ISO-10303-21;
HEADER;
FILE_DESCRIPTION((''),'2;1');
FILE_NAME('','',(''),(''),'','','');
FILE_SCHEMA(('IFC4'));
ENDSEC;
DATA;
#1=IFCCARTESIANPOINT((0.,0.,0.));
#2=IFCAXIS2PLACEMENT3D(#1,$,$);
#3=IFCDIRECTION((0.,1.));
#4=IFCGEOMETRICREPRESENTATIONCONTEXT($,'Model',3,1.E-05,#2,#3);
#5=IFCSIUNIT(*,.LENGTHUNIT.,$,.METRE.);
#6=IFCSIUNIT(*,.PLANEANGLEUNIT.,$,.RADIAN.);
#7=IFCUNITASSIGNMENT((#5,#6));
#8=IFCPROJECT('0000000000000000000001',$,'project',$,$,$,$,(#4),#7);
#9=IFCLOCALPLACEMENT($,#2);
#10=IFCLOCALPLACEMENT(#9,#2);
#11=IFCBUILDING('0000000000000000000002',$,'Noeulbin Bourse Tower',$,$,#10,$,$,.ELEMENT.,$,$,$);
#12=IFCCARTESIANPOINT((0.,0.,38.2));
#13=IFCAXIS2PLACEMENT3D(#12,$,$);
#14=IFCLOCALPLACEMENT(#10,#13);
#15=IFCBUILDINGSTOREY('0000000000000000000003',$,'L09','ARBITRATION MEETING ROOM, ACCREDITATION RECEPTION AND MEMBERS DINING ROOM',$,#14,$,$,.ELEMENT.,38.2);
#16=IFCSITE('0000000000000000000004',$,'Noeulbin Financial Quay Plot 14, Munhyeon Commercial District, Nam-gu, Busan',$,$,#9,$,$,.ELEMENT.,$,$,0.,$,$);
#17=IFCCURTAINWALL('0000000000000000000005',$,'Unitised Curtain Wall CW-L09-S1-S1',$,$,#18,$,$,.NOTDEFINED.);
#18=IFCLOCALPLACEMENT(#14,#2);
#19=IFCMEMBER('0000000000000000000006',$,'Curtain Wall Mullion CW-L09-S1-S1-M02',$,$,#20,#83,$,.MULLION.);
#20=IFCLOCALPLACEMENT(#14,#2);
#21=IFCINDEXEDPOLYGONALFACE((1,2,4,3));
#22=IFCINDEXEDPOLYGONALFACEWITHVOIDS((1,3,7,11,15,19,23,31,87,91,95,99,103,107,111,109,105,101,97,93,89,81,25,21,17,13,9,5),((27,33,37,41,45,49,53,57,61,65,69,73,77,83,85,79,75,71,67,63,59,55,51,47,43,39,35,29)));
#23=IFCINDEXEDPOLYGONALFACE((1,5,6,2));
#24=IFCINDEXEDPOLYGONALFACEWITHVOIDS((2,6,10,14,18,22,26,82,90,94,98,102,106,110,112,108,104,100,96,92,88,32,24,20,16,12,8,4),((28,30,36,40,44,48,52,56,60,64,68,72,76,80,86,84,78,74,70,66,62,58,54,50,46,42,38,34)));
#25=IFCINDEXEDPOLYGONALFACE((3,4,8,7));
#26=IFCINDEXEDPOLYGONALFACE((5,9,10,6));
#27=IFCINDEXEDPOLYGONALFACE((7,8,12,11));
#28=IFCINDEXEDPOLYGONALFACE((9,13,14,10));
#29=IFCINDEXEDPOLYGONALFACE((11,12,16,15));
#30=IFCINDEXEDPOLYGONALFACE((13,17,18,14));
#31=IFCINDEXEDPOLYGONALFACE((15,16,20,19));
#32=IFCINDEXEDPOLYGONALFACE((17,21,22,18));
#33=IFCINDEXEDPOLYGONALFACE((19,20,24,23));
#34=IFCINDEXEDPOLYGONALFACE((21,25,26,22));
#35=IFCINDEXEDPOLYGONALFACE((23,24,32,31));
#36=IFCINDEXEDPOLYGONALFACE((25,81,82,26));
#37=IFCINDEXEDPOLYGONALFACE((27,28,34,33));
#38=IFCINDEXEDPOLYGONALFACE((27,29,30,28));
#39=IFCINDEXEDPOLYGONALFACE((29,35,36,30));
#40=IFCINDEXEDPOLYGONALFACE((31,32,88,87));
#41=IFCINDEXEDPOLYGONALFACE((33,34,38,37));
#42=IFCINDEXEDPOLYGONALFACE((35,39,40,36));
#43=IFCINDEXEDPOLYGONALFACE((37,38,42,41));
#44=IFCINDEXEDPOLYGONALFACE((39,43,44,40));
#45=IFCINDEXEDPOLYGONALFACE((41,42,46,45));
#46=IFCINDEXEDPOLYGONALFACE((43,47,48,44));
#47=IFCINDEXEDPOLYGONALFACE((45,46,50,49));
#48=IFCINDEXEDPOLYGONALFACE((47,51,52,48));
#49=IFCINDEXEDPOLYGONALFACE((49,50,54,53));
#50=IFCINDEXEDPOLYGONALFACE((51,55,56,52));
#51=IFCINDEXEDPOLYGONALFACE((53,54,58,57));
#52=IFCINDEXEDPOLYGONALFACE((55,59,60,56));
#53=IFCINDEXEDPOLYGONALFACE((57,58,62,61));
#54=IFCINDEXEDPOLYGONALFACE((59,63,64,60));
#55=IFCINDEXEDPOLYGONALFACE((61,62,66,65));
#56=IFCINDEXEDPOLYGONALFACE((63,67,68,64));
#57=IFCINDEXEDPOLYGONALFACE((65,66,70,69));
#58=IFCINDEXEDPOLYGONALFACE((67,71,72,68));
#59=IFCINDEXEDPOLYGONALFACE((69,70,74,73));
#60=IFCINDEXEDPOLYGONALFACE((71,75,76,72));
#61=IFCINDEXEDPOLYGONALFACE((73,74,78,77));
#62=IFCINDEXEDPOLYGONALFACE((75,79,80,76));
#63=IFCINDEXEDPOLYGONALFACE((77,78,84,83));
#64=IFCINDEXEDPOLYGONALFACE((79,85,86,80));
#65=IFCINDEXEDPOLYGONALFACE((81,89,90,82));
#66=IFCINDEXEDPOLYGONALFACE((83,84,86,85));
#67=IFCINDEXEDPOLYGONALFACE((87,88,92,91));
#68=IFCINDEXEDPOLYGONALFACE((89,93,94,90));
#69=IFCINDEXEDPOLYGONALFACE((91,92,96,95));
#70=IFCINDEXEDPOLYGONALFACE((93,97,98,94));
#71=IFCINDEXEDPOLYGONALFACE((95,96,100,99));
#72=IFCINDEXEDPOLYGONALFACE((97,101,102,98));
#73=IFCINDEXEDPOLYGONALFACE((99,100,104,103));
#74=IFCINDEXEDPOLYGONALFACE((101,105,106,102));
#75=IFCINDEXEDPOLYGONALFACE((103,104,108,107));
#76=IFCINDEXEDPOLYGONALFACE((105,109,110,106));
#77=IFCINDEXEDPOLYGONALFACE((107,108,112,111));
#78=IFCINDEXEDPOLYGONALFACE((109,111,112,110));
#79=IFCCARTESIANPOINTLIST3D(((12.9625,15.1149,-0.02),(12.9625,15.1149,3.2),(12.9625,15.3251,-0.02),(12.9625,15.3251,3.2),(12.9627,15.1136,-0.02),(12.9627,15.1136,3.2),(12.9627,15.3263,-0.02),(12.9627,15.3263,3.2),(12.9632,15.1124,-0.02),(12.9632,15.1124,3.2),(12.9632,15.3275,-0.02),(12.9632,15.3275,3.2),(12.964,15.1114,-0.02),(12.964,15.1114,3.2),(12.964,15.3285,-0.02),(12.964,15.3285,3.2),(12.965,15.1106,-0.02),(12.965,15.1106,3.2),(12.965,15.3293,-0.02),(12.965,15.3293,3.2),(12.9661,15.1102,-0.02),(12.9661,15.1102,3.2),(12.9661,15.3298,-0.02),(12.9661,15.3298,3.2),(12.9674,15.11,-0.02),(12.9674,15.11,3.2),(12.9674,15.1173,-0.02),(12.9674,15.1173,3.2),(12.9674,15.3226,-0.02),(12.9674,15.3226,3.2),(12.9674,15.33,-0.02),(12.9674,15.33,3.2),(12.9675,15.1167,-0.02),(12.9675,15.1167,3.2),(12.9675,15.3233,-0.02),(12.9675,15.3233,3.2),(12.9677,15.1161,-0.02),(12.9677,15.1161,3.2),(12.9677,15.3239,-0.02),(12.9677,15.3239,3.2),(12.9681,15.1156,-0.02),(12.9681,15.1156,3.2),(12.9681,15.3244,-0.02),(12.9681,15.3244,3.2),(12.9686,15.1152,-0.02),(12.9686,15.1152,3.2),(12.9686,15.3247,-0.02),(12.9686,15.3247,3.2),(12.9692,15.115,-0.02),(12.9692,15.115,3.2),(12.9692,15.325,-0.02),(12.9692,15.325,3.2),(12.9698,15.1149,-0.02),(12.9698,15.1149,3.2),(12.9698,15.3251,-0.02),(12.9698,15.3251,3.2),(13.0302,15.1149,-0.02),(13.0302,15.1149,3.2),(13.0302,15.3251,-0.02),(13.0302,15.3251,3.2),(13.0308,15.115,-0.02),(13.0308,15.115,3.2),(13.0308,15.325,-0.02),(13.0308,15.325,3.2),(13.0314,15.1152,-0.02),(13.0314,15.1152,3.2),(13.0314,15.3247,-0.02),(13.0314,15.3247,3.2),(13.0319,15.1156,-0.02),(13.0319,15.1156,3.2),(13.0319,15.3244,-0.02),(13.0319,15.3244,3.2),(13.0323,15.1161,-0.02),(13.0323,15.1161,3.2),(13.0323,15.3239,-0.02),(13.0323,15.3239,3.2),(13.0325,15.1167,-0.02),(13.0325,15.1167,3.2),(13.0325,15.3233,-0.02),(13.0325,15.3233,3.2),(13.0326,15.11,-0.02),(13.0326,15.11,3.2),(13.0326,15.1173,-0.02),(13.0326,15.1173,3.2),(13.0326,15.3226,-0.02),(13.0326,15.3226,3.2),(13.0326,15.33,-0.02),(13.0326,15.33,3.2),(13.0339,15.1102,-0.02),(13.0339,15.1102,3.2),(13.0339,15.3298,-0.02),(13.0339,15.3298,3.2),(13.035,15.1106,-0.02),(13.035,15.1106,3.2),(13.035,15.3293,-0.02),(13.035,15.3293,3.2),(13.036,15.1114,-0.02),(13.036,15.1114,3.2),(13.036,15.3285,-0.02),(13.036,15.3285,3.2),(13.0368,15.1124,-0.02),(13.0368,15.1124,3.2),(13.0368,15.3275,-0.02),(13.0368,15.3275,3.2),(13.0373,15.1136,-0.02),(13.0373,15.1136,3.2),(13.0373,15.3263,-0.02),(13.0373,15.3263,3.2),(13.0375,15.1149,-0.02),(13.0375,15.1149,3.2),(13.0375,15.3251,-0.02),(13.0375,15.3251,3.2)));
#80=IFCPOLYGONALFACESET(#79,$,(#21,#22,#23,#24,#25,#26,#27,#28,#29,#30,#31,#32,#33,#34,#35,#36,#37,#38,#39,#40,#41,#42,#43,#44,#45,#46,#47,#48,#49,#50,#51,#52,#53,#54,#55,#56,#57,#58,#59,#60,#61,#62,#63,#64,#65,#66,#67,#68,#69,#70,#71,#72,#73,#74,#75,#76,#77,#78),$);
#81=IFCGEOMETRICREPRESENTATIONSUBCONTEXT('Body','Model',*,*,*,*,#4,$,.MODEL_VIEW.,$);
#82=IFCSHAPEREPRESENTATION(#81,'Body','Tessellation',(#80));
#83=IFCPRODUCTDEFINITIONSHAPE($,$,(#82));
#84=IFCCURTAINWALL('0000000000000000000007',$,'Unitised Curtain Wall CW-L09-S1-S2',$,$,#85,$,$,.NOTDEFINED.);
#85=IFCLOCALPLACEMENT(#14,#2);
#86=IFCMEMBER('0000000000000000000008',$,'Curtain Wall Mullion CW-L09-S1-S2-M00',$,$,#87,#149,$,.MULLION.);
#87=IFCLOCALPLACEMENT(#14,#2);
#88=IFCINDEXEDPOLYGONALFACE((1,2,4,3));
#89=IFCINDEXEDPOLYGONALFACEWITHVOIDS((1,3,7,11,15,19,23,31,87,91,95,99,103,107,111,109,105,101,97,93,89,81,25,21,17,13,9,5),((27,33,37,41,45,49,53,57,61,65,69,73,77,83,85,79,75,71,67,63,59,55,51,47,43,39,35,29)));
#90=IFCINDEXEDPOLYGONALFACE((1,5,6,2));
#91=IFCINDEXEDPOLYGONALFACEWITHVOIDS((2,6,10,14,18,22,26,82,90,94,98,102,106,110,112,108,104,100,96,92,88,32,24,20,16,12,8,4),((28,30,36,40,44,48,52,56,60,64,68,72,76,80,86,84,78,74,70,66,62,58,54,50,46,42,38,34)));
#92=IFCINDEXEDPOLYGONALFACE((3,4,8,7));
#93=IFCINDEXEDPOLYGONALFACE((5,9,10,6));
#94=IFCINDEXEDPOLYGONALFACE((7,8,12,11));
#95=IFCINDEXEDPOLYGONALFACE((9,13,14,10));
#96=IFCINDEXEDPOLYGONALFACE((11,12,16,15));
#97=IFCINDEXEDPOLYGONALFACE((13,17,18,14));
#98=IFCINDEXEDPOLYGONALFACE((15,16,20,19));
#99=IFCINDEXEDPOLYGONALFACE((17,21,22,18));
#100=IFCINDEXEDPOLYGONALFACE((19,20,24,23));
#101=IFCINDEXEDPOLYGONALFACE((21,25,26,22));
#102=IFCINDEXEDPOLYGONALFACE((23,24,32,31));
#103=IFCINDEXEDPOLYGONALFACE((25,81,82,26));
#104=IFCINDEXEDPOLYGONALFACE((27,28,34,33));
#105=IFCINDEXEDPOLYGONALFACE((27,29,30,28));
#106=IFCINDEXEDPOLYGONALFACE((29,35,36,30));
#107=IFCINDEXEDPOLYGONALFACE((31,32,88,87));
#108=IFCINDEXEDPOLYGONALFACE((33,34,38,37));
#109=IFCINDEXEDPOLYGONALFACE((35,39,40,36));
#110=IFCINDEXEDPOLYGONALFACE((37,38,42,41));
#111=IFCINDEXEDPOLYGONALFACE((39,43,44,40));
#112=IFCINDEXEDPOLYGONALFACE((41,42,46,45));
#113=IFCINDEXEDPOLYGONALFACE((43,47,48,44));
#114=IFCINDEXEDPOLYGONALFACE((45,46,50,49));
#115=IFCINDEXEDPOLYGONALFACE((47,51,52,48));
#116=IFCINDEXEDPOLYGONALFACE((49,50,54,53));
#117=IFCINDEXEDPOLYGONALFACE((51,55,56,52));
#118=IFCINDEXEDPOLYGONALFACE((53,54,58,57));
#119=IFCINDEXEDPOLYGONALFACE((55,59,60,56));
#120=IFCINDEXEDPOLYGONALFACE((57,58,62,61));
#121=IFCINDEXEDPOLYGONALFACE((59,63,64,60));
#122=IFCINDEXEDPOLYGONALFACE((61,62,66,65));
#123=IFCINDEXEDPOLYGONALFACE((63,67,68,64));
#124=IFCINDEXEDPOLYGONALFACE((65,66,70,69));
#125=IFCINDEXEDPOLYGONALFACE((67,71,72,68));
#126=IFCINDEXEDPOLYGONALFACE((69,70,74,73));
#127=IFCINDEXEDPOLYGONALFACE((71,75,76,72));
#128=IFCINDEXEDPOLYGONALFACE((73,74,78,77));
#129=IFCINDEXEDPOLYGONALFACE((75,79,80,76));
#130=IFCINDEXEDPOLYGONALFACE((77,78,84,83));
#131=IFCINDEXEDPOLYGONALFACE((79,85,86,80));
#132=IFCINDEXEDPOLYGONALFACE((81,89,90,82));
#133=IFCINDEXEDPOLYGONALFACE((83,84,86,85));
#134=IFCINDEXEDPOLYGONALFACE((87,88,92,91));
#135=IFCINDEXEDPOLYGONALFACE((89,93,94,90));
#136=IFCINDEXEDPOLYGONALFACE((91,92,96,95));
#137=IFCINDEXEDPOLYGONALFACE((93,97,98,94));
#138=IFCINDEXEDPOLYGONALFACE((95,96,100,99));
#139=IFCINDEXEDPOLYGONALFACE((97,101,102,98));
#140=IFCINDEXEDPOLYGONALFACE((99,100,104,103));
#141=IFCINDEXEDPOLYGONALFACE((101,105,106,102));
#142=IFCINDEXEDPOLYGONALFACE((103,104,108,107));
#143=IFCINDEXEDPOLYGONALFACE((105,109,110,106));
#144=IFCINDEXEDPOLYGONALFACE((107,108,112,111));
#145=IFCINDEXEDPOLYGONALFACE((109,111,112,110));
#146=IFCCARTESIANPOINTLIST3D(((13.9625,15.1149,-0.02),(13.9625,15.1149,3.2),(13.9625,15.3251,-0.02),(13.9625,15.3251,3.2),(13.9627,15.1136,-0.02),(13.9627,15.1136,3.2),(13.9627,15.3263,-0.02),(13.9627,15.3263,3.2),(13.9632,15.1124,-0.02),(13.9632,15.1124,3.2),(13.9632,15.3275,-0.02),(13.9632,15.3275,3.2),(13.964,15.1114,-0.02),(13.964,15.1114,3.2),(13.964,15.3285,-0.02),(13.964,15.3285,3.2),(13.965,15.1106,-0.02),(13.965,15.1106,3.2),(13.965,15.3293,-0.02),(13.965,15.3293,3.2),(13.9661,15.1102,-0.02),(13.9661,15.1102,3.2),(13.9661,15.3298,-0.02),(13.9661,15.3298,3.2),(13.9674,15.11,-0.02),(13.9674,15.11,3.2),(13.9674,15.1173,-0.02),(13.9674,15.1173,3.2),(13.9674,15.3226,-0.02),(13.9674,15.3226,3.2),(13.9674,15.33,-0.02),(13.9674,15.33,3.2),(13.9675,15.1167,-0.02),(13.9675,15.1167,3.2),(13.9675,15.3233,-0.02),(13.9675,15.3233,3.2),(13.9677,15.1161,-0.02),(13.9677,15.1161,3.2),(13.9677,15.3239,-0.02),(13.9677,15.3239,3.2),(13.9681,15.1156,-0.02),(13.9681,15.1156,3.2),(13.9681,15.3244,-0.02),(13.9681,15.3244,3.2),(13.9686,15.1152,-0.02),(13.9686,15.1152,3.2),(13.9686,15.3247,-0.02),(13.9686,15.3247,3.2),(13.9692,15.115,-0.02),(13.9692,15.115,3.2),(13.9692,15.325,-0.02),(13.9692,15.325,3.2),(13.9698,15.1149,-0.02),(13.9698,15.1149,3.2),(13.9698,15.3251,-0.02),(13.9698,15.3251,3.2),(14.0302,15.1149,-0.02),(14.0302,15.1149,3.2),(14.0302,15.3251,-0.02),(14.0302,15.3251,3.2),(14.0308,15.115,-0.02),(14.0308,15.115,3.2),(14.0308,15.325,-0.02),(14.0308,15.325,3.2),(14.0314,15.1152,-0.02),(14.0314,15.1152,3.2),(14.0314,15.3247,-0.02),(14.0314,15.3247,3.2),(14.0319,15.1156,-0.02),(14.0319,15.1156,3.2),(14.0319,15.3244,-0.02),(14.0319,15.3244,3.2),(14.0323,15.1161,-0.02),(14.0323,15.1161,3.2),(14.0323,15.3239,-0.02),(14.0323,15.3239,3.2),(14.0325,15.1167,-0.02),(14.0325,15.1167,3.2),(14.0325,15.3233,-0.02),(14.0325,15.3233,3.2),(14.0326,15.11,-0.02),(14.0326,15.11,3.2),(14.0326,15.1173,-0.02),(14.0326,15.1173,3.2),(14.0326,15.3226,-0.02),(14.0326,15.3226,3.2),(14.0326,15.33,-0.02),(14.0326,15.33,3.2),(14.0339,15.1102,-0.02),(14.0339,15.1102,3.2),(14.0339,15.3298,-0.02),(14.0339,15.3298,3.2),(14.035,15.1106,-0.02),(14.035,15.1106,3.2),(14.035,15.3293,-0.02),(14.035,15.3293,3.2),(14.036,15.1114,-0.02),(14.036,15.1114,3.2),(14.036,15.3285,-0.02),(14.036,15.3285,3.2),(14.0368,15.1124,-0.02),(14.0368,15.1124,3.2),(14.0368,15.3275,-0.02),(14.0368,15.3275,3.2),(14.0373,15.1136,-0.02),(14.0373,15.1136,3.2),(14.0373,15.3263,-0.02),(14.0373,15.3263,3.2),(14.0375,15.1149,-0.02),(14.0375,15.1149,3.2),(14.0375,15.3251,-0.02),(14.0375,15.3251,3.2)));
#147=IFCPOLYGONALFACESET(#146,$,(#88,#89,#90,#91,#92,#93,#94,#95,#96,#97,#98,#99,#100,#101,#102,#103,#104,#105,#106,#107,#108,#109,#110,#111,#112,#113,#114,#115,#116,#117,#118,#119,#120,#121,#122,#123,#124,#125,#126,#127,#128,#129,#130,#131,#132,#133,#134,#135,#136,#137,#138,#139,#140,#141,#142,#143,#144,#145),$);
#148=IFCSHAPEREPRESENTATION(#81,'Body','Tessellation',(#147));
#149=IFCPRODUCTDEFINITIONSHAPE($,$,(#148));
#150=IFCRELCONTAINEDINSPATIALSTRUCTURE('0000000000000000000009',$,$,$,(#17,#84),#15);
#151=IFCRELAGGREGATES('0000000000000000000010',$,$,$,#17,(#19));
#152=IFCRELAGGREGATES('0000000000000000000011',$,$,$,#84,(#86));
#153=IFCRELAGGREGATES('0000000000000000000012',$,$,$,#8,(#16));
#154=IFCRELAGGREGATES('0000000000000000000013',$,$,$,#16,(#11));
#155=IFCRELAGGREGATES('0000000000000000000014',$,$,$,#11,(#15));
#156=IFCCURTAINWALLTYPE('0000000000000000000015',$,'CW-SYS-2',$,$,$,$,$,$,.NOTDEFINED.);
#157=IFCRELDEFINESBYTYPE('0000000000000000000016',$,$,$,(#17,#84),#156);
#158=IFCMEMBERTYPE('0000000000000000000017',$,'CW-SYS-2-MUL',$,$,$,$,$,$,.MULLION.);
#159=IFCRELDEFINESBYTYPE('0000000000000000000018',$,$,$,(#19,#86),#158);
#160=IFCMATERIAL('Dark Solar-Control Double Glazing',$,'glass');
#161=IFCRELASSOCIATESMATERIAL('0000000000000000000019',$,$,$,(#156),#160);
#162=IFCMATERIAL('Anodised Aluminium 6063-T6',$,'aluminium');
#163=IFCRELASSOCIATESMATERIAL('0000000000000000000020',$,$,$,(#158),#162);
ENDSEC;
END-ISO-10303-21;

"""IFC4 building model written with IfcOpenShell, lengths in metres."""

from ifc_helpers import new_model, si_unit, direction, frame, origin, origin_2d, place, context, subcontext, project, spatial, hollow_rectangle, extrude, material, material_profile, profile_set, type_object, element, aggregate, save


model = new_model("IFC4")

# Units and contexts
model_context = context("Model", 3, precision=1e-05, world=origin(), true_north=direction((0.0, 1.0)))
body_context = subcontext(model_context, "Body", "Model", "MODEL_VIEW")
ifc_project = project(units=[si_unit("LENGTHUNIT", "METRE"), si_unit("PLANEANGLEUNIT", "RADIAN")], contexts=[model_context])

# Site, building, storey
site_placement = place(None, origin())
site = spatial("IfcSite", under=ifc_project, at=site_placement, Name="Noeulbin Financial Quay Plot 14, Munhyeon Commercial District, Nam-gu, Busan", CompositionType="ELEMENT", RefElevation=0.0)
building_placement = place(site_placement, origin())
building = spatial("IfcBuilding", under=site, at=building_placement, Name="Noeulbin Bourse Tower", CompositionType="ELEMENT")
storey_placement = place(building_placement, frame((0.0, 0.0, 38.2)))
storey = spatial("IfcBuildingStorey", under=building, at=storey_placement, Name="L09", Description="ARBITRATION MEETING ROOM, ACCREDITATION RECEPTION AND MEMBERS DINING ROOM", CompositionType="ELEMENT", Elevation=38.2)

# Curtain wall, member
ifc_material_1 = material(Name="Dark Solar-Control Double Glazing", Category="glass")
curtain_wall_type = type_object("IfcCurtainWallType", Name="CW-SYS-2", PredefinedType="NOTDEFINED", material=ifc_material_1)
curtain_wall_1_placement = place(storey_placement, origin())
curtain_wall_1 = element("IfcCurtainWall", 1, at=curtain_wall_1_placement, inside=storey, type_object=curtain_wall_type, Name="Unitised Curtain Wall CW-L09-S1-S1", PredefinedType="NOTDEFINED")
ifc_material_2 = material(Name="Anodised Aluminium 6063-T6", Category="aluminium")
ifc_material_profile_1 = material_profile(ifc_material_2, hollow_rectangle(XDim=0.075, YDim=0.22, WallThickness=0.0049, InnerFilletRadius=0.0024, OuterFilletRadius=0.0049, at=origin_2d()), Name="ALU-MULL-75x220x5", Category="LoadBearing")
ifc_profile_set_1 = profile_set([ifc_material_profile_1], Name="Anodised Aluminium 6063-T6")
member_type_1 = type_object("IfcMemberType", Name="CW-SYS-2-MUL", PredefinedType="MULLION", material=ifc_profile_set_1)
member_1_placement = place(storey_placement, frame((13.0, 15.22, -0.02), z_axis=(0.0, 0.0, 1.0), x_axis=(1.0, 0.0, 0.0)))
member_1 = element("IfcMember", 2, at=member_1_placement, type_object=member_type_1, Name="Curtain Wall Mullion CW-L09-S1-S1-M02", PredefinedType="MULLION", context=body_context, shape_type="SweptSolid", body=[
    extrude(hollow_rectangle(XDim=0.075, YDim=0.22, WallThickness=0.0049, InnerFilletRadius=0.0024, OuterFilletRadius=0.0049, at=origin_2d()), origin(), (0.0, 0.0, 1.0), 3.22),
])

# Curtain wall, member
curtain_wall_2_placement = place(storey_placement, origin())
curtain_wall_2 = element("IfcCurtainWall", 3, at=curtain_wall_2_placement, inside=storey, type_object=curtain_wall_type, Name="Unitised Curtain Wall CW-L09-S1-S2", PredefinedType="NOTDEFINED")
member_2_placement = place(storey_placement, frame((14.0, 15.22, -0.02), z_axis=(0.0, 0.0, 1.0), x_axis=(1.0, 0.0, 0.0)))
member_2 = element("IfcMember", 4, at=member_2_placement, type_object=member_type_1, Name="Curtain Wall Mullion CW-L09-S1-S2-M00", PredefinedType="MULLION", context=body_context, shape_type="SweptSolid", body=[
    extrude(hollow_rectangle(XDim=0.075, YDim=0.22, WallThickness=0.0049, InnerFilletRadius=0.0024, OuterFilletRadius=0.0049, at=origin_2d()), origin(), (0.0, 0.0, 1.0), 3.22),
])

aggregate(curtain_wall_1, [member_1])
aggregate(curtain_wall_2, [member_2])

save(model, "model.ifc")
